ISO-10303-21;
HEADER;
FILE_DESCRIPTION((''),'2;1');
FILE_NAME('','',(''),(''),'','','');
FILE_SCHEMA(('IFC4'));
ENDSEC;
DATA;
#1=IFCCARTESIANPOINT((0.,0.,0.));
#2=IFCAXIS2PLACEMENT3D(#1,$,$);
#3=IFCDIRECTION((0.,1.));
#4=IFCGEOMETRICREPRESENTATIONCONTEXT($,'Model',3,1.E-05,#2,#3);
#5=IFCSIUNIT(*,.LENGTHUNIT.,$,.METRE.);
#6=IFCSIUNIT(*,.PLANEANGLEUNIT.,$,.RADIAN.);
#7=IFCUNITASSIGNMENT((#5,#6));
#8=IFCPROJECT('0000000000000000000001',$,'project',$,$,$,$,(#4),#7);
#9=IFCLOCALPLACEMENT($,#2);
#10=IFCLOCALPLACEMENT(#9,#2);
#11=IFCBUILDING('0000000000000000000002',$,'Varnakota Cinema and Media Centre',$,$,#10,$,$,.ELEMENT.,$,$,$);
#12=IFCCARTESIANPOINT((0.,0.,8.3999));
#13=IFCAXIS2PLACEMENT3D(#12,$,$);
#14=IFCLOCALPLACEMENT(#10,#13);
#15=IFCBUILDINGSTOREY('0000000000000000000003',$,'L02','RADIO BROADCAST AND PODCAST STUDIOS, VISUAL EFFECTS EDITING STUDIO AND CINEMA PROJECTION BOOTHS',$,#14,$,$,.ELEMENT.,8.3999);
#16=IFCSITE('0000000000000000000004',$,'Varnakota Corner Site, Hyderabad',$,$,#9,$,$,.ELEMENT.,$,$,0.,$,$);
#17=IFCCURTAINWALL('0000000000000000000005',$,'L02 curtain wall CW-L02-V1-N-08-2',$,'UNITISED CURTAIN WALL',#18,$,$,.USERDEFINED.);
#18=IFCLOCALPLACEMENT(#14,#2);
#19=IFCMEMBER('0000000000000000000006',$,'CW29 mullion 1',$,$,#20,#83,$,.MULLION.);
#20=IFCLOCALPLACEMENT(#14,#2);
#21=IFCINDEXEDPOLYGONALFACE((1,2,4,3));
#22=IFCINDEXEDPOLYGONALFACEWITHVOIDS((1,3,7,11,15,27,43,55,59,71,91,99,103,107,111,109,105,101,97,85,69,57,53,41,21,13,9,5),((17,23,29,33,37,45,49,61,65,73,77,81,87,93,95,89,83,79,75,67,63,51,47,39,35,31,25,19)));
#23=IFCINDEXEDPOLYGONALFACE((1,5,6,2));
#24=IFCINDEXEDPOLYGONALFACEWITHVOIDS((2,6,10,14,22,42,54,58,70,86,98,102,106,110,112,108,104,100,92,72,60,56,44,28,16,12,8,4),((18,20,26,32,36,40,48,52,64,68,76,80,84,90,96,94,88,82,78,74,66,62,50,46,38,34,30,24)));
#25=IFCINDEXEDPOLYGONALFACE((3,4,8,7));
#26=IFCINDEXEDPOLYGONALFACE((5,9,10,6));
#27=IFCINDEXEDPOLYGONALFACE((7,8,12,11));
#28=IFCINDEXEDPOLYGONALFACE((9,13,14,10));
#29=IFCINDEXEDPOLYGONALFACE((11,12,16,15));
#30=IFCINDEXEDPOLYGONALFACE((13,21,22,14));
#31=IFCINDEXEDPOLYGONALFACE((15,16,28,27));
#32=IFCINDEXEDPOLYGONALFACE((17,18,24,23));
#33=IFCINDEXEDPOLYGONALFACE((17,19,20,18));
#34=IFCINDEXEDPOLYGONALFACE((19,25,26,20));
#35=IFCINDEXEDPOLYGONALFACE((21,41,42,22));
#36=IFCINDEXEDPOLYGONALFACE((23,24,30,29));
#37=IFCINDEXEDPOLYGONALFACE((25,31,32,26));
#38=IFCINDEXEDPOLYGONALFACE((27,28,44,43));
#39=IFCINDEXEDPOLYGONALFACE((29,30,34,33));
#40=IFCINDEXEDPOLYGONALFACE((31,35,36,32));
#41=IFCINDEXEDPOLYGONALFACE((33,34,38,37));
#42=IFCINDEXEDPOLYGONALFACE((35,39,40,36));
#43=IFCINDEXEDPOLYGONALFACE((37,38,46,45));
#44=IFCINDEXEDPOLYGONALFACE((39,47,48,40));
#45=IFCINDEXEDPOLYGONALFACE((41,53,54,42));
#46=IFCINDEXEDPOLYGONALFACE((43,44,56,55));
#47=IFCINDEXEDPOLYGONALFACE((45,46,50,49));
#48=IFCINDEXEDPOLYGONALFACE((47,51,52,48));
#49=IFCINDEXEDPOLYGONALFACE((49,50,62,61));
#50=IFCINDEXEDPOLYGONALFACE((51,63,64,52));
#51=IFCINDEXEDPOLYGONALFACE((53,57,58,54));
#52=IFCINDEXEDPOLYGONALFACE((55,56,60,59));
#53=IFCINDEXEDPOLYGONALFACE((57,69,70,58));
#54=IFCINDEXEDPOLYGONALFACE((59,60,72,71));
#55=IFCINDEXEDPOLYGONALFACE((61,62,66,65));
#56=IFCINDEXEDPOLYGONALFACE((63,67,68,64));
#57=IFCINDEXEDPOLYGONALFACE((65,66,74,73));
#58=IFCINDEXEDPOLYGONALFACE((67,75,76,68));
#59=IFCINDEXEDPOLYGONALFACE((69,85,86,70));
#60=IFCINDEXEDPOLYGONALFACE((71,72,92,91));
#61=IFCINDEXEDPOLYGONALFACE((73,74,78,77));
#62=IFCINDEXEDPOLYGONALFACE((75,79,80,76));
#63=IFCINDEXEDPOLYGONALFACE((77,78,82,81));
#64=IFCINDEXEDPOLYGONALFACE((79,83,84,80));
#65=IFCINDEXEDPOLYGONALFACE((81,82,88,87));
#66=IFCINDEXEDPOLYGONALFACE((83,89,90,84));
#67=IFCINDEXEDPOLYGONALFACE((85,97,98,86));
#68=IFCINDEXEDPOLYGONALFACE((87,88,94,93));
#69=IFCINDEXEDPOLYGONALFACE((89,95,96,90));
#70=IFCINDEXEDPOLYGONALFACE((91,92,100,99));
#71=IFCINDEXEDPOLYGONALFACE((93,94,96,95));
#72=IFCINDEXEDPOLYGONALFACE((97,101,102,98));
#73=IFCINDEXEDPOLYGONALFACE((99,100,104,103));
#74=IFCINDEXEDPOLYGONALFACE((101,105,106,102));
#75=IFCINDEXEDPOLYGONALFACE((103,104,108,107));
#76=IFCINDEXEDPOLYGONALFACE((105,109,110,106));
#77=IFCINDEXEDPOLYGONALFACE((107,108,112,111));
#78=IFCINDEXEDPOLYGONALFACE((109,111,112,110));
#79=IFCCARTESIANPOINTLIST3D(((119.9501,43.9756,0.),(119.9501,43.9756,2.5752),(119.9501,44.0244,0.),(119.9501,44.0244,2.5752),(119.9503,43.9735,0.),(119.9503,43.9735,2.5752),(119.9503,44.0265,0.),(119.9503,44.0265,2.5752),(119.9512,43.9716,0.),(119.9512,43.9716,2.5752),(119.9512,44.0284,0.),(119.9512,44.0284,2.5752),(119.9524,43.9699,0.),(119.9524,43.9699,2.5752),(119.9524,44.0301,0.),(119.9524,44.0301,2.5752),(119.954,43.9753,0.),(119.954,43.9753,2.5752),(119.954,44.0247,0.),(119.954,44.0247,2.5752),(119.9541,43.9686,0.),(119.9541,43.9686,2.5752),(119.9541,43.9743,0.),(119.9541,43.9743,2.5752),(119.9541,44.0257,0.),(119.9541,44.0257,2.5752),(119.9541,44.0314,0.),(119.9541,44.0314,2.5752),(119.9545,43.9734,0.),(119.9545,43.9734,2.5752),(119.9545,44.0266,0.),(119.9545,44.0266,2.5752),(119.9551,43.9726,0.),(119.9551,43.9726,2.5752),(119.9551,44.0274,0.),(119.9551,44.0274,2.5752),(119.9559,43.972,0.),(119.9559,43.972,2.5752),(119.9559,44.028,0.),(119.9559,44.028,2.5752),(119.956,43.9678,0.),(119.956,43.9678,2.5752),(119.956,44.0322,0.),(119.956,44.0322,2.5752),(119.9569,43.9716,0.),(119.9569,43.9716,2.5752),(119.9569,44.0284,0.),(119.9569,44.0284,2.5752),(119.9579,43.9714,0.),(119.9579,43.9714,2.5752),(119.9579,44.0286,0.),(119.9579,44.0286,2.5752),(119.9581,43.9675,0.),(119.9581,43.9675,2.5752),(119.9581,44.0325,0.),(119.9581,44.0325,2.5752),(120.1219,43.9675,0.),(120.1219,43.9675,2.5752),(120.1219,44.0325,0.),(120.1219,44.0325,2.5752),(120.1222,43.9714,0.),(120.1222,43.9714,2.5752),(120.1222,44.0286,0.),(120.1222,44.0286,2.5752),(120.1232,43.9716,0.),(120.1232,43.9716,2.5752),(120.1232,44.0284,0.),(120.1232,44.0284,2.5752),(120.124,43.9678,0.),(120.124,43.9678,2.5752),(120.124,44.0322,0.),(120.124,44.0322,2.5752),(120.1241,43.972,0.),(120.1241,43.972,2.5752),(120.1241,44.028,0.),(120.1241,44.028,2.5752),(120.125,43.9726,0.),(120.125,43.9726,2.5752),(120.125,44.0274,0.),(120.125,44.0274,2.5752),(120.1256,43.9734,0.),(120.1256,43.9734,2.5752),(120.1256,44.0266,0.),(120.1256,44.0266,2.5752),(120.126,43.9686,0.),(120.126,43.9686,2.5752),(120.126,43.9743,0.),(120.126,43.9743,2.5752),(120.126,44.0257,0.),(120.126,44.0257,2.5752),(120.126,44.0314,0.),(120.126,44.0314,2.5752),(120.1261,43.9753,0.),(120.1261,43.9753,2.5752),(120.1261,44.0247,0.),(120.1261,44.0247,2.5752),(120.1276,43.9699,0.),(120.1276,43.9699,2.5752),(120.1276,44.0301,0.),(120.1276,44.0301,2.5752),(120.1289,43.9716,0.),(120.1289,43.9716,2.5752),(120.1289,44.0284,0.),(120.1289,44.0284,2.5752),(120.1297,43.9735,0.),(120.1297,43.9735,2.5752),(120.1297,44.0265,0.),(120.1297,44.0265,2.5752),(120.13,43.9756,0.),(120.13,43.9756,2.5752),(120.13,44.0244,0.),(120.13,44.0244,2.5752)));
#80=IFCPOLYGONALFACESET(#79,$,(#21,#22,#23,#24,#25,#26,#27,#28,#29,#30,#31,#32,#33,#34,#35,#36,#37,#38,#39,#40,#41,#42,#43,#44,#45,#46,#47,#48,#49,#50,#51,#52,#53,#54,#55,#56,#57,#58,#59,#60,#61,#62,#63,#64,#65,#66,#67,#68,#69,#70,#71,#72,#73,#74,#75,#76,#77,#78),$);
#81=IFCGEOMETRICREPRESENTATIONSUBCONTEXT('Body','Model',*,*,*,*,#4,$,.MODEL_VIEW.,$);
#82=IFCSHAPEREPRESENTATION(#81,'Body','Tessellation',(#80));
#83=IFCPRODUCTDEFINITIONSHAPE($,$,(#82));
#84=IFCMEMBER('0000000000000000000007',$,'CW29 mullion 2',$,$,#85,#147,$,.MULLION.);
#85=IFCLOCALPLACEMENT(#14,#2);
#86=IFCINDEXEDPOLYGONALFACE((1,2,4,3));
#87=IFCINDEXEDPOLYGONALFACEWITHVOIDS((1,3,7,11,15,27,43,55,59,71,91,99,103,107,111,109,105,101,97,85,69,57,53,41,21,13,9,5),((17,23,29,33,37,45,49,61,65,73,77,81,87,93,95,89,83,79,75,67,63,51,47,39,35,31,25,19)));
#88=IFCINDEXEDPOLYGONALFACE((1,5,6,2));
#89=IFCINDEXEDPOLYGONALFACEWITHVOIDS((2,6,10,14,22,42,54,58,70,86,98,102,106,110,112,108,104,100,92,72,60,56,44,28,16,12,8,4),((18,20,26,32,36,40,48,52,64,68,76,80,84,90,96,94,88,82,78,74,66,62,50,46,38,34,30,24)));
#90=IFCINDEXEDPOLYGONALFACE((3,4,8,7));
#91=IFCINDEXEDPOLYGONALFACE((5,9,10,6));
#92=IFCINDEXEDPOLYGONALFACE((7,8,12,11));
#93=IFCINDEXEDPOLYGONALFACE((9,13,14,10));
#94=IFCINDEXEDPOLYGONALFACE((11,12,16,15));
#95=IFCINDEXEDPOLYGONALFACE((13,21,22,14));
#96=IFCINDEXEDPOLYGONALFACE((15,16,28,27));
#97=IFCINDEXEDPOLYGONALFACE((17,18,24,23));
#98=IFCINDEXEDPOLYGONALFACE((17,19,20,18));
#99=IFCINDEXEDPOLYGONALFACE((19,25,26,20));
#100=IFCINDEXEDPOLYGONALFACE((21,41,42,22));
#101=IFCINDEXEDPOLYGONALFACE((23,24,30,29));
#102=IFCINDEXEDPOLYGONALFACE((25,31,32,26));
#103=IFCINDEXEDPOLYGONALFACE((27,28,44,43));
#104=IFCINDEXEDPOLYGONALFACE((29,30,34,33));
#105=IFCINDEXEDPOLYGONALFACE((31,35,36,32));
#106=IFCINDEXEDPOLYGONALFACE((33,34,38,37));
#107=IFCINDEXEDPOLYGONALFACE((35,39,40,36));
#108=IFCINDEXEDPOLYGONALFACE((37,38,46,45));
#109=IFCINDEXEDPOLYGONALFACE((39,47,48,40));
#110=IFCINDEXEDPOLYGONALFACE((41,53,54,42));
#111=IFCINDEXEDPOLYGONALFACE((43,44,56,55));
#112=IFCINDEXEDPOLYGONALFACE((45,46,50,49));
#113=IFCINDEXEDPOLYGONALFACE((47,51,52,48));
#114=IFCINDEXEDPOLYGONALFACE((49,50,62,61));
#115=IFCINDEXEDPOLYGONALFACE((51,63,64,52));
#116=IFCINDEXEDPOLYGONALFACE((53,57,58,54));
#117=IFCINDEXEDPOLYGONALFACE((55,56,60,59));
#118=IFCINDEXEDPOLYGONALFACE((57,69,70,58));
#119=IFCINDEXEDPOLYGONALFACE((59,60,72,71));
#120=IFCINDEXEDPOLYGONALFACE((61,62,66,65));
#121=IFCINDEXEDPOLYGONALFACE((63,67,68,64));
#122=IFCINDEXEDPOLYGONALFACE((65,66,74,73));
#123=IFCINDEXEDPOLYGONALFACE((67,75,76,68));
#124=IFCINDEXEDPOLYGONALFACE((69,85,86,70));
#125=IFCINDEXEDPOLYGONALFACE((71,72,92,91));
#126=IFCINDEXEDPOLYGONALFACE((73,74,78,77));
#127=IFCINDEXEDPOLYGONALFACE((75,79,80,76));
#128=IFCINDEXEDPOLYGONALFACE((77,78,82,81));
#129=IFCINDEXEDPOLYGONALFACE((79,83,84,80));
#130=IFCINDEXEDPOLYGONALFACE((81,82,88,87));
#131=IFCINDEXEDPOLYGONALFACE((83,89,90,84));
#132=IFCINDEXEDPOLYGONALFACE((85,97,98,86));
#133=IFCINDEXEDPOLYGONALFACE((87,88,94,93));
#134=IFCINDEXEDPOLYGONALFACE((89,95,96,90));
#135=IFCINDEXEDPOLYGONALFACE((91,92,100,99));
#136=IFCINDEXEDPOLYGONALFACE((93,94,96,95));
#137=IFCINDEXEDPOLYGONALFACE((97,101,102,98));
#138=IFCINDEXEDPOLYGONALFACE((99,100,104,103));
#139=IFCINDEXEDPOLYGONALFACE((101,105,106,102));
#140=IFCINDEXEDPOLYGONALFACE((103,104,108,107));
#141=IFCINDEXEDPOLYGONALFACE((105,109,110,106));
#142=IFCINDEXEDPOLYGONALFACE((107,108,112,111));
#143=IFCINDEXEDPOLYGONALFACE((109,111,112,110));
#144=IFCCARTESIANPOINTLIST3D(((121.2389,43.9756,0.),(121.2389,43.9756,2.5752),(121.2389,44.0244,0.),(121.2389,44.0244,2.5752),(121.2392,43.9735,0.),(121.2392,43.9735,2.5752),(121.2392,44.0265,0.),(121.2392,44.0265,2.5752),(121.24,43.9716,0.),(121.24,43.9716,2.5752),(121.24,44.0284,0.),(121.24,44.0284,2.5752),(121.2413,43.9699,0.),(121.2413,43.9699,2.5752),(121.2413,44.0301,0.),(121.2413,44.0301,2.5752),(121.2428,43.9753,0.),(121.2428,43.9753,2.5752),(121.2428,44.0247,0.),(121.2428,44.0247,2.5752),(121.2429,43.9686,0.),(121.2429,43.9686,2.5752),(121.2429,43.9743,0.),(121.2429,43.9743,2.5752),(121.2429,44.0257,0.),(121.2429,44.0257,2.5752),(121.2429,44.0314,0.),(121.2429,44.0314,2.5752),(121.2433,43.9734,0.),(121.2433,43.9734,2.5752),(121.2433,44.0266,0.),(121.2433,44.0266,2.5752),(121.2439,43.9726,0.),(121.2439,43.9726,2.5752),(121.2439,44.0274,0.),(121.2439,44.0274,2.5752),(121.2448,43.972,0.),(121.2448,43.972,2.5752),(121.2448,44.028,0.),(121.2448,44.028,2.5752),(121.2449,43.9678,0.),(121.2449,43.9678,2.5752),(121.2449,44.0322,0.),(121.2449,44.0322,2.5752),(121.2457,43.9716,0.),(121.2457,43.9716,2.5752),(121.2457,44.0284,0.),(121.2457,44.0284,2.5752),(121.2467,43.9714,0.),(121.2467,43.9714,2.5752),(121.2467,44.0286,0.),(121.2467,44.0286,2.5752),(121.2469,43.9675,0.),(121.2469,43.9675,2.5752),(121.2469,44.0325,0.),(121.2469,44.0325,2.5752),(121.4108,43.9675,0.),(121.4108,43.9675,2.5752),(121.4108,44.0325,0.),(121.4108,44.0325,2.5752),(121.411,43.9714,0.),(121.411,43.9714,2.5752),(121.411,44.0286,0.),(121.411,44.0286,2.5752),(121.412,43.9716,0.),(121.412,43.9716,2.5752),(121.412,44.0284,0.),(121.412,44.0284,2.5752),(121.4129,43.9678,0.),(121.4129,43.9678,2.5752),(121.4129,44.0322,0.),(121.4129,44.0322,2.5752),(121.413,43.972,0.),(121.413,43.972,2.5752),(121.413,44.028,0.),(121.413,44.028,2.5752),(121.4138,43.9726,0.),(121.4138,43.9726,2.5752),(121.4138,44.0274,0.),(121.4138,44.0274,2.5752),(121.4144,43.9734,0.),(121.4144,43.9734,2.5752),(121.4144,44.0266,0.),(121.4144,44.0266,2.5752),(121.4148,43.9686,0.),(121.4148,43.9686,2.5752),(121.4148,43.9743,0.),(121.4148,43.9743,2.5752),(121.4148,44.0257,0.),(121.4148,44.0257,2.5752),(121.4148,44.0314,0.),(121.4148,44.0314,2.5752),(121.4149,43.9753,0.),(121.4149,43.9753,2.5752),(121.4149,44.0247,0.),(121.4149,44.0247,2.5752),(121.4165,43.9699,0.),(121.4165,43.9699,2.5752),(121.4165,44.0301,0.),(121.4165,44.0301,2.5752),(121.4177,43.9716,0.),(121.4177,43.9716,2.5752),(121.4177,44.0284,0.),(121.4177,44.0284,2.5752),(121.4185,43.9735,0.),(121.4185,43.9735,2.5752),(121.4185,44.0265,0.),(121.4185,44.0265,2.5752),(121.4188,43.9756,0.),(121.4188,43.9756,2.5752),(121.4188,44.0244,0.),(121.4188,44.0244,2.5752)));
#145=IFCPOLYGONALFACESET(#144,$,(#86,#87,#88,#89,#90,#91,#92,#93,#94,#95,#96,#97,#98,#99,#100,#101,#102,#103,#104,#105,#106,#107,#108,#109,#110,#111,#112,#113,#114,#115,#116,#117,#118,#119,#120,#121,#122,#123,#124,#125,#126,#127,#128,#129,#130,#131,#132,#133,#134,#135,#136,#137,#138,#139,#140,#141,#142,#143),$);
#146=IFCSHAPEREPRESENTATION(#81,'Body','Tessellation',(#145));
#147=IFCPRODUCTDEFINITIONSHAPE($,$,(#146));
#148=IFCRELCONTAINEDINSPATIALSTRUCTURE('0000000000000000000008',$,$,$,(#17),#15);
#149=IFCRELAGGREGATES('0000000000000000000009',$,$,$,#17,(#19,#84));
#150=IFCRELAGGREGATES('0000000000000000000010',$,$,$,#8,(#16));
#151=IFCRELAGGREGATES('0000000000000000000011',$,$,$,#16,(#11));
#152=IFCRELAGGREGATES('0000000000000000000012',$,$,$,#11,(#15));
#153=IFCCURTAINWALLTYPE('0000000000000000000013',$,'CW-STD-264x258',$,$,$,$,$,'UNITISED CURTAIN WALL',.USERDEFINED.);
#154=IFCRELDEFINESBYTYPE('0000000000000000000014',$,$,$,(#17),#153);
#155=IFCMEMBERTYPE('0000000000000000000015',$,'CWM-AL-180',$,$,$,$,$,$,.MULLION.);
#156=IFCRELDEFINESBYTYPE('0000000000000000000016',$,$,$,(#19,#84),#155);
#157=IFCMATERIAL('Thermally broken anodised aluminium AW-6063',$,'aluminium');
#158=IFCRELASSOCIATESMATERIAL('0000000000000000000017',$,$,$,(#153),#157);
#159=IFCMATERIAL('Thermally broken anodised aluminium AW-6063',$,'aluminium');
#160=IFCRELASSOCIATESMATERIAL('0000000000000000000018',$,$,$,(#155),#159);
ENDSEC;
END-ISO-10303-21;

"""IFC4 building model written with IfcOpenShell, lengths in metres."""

from ifc_helpers import new_model, si_unit, direction, frame, origin, origin_2d, place, context, subcontext, project, spatial, hollow_rectangle, extrude, material, material_profile, profile_set, type_object, element, aggregate, save


model = new_model("IFC4")

# Units and contexts
model_context = context("Model", 3, precision=1e-05, world=origin(), true_north=direction((0.0, 1.0)))
body_context = subcontext(model_context, "Body", "Model", "MODEL_VIEW")
ifc_project = project(units=[si_unit("LENGTHUNIT", "METRE"), si_unit("PLANEANGLEUNIT", "RADIAN")], contexts=[model_context])

# Site, building, storey
site_placement = place(None, origin())
site = spatial("IfcSite", under=ifc_project, at=site_placement, Name="Varnakota Corner Site, Hyderabad", CompositionType="ELEMENT", RefElevation=0.0)
building_placement = place(site_placement, origin())
building = spatial("IfcBuilding", under=site, at=building_placement, Name="Varnakota Cinema and Media Centre", CompositionType="ELEMENT")
storey_placement = place(building_placement, frame((0.0, 0.0, 8.3999)))
storey = spatial("IfcBuildingStorey", under=building, at=storey_placement, Name="L02", Description="RADIO BROADCAST AND PODCAST STUDIOS, VISUAL EFFECTS EDITING STUDIO AND CINEMA PROJECTION BOOTHS", CompositionType="ELEMENT", Elevation=8.3999)

# Curtain wall, members
ifc_material_1 = material(Name="Thermally broken anodised aluminium AW-6063", Category="aluminium")
curtain_wall_type = type_object("IfcCurtainWallType", Name="CW-STD-264x258", ElementType="UNITISED CURTAIN WALL", PredefinedType="USERDEFINED", material=ifc_material_1)
ifc_material_2 = material(Name="Thermally broken anodised aluminium AW-6063", Category="aluminium")
ifc_material_profile_1 = material_profile(ifc_material_2, hollow_rectangle(XDim=0.0649, YDim=0.1799, WallThickness=0.0039, InnerFilletRadius=0.0039, OuterFilletRadius=0.0081, at=origin_2d()), Name="AL-MULLION 180x65x4")
ifc_profile_set_1 = profile_set([ifc_material_profile_1], Name="Thermally broken anodised aluminium AW-6063")
member_type_1 = type_object("IfcMemberType", Name="CWM-AL-180", PredefinedType="MULLION", material=ifc_profile_set_1)
curtain_wall_1_placement = place(storey_placement, origin())
curtain_wall_1 = element("IfcCurtainWall", 1, at=curtain_wall_1_placement, inside=storey, type_object=curtain_wall_type, Name="L02 curtain wall CW-L02-V1-N-08-2", ObjectType="UNITISED CURTAIN WALL", PredefinedType="USERDEFINED")
member_1_placement = place(storey_placement, frame((120.04, 44.0, 0.0), z_axis=(0.0, 0.0, 1.0), x_axis=(0.0, 1.0, 0.0)))
member_1 = element("IfcMember", 2, at=member_1_placement, type_object=member_type_1, Name="CW29 mullion 1", PredefinedType="MULLION", context=body_context, shape_type="SweptSolid", body=[
    extrude(hollow_rectangle(XDim=0.0649, YDim=0.1799, WallThickness=0.0039, InnerFilletRadius=0.0039, OuterFilletRadius=0.0081, at=origin_2d()), origin(), (0.0, 0.0, 1.0), 2.5752),
])
member_2_placement = place(storey_placement, frame((121.3289, 44.0, 0.0), z_axis=(0.0, 0.0, 1.0), x_axis=(0.0, 1.0, 0.0)))
member_2 = element("IfcMember", 3, at=member_2_placement, type_object=member_type_1, Name="CW29 mullion 2", PredefinedType="MULLION", context=body_context, shape_type="SweptSolid", body=[
    extrude(hollow_rectangle(XDim=0.0649, YDim=0.1799, WallThickness=0.0039, InnerFilletRadius=0.0039, OuterFilletRadius=0.0081, at=origin_2d()), origin(), (0.0, 0.0, 1.0), 2.5752),
])

aggregate(curtain_wall_1, [member_1, member_2])

save(model, "model.ifc")
